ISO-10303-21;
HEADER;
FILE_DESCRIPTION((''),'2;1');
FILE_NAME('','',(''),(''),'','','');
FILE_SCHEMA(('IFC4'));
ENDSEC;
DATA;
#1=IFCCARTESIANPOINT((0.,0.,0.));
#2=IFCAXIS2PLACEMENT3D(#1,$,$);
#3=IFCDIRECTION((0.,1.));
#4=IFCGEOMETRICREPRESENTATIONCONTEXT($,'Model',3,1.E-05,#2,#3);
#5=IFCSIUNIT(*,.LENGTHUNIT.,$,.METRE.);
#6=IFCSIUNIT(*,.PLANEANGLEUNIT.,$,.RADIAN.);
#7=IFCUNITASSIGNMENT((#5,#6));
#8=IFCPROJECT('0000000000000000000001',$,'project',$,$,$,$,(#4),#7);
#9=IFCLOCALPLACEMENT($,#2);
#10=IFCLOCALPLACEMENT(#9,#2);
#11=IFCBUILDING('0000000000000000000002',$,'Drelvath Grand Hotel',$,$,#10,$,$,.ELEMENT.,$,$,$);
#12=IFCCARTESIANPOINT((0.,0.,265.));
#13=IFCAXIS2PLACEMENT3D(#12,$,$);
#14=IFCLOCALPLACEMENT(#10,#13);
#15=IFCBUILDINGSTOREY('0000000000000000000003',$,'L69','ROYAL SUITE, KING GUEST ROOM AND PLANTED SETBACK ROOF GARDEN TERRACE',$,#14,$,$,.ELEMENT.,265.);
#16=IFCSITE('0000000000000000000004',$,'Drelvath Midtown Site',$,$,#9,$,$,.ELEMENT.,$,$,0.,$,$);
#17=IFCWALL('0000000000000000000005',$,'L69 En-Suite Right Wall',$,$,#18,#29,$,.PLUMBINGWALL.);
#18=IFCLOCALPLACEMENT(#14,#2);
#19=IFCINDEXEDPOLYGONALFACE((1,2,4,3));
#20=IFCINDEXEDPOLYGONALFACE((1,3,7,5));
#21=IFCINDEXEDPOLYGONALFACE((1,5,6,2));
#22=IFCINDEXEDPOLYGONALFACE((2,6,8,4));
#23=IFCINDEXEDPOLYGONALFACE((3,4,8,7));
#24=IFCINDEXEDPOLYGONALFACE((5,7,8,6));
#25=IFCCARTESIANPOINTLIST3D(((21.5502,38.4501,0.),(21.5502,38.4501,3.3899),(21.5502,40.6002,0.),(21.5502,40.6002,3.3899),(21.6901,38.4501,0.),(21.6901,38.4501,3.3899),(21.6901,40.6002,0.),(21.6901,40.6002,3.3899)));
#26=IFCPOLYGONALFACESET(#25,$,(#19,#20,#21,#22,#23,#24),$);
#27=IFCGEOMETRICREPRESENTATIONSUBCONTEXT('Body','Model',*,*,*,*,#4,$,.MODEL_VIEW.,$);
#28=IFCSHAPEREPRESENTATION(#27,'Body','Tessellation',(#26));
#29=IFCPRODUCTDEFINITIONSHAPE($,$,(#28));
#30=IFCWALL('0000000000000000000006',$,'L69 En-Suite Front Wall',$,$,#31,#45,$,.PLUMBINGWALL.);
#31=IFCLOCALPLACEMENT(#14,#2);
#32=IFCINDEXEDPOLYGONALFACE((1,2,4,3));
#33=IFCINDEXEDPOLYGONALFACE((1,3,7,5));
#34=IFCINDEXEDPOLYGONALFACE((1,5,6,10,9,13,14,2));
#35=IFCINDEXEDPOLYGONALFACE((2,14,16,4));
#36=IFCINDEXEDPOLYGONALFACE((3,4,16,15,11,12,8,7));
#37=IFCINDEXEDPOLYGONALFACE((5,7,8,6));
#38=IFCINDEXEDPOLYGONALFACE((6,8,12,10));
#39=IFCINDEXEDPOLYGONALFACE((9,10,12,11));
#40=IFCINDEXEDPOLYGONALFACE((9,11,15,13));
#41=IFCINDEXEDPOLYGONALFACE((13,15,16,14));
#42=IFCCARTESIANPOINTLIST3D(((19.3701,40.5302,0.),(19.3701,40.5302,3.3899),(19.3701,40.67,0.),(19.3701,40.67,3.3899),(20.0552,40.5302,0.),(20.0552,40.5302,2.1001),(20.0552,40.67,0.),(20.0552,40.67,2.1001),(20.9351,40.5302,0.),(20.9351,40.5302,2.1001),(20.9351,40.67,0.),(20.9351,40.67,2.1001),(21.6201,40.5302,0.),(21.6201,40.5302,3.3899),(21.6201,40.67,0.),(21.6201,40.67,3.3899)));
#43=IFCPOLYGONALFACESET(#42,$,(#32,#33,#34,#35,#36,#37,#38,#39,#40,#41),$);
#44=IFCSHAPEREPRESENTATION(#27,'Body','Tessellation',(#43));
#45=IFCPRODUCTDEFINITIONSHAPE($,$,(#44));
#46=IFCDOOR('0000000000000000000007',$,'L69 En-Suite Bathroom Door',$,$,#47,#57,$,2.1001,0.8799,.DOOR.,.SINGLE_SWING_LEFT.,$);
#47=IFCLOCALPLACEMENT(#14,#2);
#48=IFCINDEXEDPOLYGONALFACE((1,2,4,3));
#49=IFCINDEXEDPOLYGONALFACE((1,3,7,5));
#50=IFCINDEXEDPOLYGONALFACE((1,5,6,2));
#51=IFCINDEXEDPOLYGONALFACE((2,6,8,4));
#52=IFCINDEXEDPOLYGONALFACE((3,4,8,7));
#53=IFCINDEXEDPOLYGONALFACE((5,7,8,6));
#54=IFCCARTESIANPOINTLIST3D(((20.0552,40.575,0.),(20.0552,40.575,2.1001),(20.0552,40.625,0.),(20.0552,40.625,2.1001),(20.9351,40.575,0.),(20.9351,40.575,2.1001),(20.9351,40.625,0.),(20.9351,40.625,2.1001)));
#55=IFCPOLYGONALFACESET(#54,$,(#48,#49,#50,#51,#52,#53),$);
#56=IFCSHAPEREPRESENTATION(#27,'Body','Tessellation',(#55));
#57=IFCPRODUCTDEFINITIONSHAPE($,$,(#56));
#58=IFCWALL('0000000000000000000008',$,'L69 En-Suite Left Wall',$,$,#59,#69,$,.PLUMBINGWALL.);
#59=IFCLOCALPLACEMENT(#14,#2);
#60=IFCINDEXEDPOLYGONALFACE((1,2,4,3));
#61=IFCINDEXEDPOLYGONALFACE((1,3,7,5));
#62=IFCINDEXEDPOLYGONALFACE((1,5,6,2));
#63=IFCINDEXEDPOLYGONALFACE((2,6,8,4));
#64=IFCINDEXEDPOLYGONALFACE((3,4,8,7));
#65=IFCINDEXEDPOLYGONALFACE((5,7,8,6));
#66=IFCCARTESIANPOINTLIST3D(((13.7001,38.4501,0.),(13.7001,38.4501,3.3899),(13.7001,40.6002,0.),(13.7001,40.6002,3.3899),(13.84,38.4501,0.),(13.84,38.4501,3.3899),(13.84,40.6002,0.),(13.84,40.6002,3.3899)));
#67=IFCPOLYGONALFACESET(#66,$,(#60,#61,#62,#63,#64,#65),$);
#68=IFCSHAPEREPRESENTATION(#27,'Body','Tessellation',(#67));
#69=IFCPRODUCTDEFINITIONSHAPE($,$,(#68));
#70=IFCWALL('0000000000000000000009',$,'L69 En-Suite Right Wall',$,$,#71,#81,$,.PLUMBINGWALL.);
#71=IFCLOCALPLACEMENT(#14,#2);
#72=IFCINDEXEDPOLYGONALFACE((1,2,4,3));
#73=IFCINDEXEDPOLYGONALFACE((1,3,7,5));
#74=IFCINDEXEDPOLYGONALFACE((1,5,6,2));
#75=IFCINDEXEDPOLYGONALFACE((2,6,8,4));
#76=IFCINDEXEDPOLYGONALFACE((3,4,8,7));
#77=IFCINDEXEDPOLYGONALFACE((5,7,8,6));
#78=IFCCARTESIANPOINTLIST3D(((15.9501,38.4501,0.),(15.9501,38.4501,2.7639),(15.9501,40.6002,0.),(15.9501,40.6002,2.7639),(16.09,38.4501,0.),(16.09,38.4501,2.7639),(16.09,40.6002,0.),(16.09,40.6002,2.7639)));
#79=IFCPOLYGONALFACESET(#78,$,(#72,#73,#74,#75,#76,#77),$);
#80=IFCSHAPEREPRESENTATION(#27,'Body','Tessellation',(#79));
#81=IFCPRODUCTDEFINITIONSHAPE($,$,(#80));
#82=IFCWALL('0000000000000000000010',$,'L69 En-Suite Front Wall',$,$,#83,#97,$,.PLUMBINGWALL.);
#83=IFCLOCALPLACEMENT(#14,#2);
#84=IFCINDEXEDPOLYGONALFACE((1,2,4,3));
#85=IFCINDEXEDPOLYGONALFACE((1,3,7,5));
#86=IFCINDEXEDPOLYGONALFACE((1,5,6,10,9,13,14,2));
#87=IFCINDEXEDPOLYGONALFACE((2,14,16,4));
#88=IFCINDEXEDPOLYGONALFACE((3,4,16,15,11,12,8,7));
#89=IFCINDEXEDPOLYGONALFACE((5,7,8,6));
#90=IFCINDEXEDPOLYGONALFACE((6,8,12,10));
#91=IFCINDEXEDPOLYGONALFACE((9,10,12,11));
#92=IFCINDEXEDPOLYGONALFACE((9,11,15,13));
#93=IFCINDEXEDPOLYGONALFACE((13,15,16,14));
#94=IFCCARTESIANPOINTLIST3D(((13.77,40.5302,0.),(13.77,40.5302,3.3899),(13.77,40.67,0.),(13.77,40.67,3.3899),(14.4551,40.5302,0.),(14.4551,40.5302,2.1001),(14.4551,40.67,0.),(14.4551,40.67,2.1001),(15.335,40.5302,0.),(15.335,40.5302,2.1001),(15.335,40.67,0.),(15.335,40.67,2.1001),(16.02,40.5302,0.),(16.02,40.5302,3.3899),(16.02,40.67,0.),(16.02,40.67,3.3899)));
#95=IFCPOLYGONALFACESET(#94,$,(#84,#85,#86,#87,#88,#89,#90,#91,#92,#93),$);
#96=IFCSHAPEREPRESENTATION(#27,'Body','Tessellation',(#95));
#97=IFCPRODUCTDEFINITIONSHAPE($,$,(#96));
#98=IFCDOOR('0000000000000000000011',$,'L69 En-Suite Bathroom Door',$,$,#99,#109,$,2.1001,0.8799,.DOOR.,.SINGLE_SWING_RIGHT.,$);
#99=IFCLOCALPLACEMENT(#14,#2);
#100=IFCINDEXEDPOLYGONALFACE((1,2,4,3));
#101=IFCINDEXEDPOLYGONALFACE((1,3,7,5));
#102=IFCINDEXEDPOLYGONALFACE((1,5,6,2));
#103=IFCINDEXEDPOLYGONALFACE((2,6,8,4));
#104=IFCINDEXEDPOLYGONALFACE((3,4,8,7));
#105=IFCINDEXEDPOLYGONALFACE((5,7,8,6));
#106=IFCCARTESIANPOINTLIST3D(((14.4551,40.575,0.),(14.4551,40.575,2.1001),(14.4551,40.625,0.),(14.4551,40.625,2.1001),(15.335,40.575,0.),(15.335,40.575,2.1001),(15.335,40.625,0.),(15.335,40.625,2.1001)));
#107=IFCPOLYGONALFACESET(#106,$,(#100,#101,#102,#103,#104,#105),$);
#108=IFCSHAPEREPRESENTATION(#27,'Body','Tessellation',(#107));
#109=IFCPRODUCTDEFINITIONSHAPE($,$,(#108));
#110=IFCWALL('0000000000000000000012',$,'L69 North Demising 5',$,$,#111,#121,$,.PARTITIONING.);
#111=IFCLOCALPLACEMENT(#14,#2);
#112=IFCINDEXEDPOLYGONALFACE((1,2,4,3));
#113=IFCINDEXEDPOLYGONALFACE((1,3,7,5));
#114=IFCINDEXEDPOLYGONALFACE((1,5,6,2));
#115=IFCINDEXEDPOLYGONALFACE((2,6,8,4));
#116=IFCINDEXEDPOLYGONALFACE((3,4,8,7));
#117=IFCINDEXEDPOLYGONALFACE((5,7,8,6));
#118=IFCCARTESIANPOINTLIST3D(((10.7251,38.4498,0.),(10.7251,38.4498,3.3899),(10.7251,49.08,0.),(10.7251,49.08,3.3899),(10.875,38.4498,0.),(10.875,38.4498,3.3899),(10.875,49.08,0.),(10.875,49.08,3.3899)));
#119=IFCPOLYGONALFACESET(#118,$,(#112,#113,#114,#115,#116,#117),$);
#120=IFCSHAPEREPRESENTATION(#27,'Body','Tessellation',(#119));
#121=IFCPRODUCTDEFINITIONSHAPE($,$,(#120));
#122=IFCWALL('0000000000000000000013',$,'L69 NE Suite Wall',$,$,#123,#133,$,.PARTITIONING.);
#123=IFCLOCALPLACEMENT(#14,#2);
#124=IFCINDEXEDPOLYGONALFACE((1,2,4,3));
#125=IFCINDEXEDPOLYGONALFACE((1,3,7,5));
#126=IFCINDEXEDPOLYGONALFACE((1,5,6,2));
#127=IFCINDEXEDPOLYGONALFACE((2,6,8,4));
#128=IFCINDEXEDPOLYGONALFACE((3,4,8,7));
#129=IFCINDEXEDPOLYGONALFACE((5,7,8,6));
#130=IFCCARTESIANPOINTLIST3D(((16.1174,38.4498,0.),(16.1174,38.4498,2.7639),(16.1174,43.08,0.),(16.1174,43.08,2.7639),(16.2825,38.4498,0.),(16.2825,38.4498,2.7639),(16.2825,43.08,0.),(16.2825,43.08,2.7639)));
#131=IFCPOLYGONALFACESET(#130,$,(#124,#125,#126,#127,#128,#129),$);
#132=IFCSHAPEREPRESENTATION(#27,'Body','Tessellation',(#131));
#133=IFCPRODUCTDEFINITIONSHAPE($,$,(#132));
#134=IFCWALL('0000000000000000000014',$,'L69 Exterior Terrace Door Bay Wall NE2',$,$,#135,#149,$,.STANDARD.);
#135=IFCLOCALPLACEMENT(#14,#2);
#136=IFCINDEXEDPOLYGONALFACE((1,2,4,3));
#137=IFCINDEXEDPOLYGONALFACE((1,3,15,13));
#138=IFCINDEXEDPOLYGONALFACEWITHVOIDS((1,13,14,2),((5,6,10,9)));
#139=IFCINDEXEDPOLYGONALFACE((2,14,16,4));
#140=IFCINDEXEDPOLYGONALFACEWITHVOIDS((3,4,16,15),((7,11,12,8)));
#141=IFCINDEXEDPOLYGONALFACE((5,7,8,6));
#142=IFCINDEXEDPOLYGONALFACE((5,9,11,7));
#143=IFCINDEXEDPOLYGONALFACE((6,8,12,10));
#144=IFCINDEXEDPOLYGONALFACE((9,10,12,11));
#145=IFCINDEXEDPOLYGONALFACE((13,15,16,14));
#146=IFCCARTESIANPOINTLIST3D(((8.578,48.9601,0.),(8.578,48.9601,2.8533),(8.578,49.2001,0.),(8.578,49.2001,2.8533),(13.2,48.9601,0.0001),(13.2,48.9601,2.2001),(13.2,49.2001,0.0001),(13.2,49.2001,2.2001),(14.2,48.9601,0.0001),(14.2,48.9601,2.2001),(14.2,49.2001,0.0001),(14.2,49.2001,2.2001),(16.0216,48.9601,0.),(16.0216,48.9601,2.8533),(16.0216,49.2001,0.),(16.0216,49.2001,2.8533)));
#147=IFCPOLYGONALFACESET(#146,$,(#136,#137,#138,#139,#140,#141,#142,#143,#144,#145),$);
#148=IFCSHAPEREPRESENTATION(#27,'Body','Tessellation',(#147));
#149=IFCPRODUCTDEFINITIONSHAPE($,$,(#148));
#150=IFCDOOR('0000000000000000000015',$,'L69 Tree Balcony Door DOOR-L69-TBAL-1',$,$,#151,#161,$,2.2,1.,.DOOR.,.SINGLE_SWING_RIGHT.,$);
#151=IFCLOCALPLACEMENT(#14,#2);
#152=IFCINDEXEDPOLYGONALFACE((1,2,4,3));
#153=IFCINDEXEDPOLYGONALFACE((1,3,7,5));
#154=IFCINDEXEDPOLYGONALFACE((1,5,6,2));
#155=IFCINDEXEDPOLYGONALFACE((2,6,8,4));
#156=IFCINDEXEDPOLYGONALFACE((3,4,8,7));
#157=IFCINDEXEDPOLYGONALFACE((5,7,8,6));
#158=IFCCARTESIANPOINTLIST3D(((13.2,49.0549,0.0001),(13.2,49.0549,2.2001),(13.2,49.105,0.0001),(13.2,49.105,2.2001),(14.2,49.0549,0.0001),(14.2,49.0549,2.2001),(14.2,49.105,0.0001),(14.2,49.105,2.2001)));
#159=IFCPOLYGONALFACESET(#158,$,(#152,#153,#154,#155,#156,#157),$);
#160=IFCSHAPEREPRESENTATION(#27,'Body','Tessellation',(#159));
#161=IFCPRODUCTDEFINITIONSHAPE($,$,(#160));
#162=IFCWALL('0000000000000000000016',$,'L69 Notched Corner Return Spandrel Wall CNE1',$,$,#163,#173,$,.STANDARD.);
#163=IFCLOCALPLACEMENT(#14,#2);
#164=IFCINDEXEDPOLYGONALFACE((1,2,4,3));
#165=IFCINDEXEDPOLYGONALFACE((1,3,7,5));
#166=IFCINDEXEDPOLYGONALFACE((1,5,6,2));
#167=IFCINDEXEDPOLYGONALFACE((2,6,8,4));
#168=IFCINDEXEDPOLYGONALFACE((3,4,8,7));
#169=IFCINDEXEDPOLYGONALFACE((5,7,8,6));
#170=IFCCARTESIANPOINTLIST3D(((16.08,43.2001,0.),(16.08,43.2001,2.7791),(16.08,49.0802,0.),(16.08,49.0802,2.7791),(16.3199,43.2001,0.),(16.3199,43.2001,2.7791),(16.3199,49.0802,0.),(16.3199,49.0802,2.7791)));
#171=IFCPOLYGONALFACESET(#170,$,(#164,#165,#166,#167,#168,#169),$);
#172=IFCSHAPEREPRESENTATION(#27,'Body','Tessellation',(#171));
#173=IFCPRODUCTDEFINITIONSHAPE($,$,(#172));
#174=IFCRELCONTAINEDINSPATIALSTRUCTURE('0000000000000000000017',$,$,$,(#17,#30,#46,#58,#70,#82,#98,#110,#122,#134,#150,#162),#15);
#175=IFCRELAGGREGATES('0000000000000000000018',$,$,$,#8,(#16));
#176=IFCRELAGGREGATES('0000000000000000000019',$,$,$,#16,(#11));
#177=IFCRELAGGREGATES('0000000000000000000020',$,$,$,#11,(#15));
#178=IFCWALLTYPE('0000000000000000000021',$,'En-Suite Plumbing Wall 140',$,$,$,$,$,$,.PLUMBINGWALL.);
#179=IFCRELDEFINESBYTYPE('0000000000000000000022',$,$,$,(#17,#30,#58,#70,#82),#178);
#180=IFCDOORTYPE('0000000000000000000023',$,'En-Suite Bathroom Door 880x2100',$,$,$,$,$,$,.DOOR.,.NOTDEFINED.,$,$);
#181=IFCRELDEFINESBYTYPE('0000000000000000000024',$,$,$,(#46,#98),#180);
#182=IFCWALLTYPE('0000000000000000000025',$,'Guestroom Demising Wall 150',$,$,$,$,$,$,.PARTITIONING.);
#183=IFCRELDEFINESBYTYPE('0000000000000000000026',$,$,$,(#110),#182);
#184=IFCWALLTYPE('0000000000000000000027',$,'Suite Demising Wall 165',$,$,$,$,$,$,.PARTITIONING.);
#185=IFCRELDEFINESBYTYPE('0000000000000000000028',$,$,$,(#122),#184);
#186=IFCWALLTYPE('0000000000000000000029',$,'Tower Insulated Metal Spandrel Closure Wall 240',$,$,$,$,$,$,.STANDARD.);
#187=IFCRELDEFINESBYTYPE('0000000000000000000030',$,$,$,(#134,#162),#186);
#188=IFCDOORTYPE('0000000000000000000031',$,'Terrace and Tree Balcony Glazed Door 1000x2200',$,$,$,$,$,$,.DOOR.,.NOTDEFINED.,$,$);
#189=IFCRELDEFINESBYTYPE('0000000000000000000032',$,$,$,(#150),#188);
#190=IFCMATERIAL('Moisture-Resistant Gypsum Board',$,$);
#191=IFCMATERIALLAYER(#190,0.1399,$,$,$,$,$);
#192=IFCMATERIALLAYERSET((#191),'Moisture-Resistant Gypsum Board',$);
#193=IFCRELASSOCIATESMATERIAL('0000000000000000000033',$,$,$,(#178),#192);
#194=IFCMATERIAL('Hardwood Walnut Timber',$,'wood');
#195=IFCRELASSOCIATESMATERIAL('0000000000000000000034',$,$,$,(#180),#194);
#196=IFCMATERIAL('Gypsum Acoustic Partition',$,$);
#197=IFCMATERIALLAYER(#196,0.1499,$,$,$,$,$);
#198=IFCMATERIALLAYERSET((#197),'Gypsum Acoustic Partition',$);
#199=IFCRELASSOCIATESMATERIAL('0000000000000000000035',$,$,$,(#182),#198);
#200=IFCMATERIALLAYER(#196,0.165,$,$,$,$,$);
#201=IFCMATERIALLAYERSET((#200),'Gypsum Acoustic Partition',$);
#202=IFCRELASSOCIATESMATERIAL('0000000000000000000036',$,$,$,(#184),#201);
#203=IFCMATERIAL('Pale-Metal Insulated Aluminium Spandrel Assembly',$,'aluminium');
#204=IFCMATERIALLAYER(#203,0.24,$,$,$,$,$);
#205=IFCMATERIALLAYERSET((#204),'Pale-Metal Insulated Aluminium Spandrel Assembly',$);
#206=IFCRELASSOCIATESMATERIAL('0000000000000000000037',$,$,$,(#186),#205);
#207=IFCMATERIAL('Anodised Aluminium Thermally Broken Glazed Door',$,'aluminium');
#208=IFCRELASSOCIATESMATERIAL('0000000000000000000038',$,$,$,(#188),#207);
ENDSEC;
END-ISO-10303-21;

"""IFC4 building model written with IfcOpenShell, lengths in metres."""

from ifc_helpers import new_model, si_unit, direction, frame, frame_2d, origin, place, context, subcontext, project, spatial, rectangle, extrude, material, layer, layer_set, type_object, element, fill, save


model = new_model("IFC4")

# Units and contexts
model_context = context("Model", 3, precision=1e-05, world=origin(), true_north=direction((0.0, 1.0)))
body_context = subcontext(model_context, "Body", "Model", "MODEL_VIEW")
ifc_project = project(units=[si_unit("LENGTHUNIT", "METRE"), si_unit("PLANEANGLEUNIT", "RADIAN")], contexts=[model_context])

# Site, building, storey
site_placement = place(None, origin())
site = spatial("IfcSite", under=ifc_project, at=site_placement, Name="Drelvath Midtown Site", CompositionType="ELEMENT", RefElevation=0.0)
building_placement = place(site_placement, origin())
building = spatial("IfcBuilding", under=site, at=building_placement, Name="Drelvath Grand Hotel", CompositionType="ELEMENT")
storey_placement = place(building_placement, frame((0.0, 0.0, 265.0)))
storey = spatial("IfcBuildingStorey", under=building, at=storey_placement, Name="L69", Description="ROYAL SUITE, KING GUEST ROOM AND PLANTED SETBACK ROOF GARDEN TERRACE", CompositionType="ELEMENT", Elevation=265.0)

# Wall
ifc_material_1 = material(Name="Moisture-Resistant Gypsum Board")
ifc_layer_1 = layer(ifc_material_1, 0.1399)
ifc_layer_set_1 = layer_set([ifc_layer_1], Name="Moisture-Resistant Gypsum Board")
wall_type_1 = type_object("IfcWallType", Name="En-Suite Plumbing Wall 140", PredefinedType="PLUMBINGWALL", material=ifc_layer_set_1)
for number, where, z_axis, x_axis, name in (
    (1, (21.6201, 38.45, 0.0), (0.0, 0.0, 1.0), (0.0, 1.0, 0.0), "L69 En-Suite Right Wall"),
):
    element("IfcWall", number, at=place(storey_placement, frame(where, z_axis=z_axis, x_axis=x_axis)), inside=storey, type_object=wall_type_1, Name=name, PredefinedType="PLUMBINGWALL", context=body_context, shape_type="SweptSolid", body=[
        extrude(rectangle(XDim=2.1501, YDim=0.1399, at=frame_2d((1.0752, 0.0))), origin(), (0.0, 0.0, 1.0), 3.3899),
    ])

# Wall, opening, door
wall_1_placement = place(storey_placement, frame((19.3701, 40.6001, 0.0), z_axis=(0.0, 0.0, 1.0), x_axis=(1.0, 0.0, 0.0)))
wall_1 = element("IfcWall", 2, at=wall_1_placement, inside=storey, type_object=wall_type_1, Name="L69 En-Suite Front Wall", PredefinedType="PLUMBINGWALL", context=body_context, shape_type="SweptSolid", body=[
    extrude(rectangle(XDim=2.25, YDim=0.1399, at=frame_2d((1.125, 0.0))), origin(), (0.0, 0.0, 1.0), 3.3899),
])
opening_1_placement = place(wall_1_placement, frame((0.6851, 0.0, 0.0)))
opening_1 = element("IfcOpeningElement", 3, at=opening_1_placement, cuts=wall_1, PredefinedType="OPENING", context=body_context, shape_type="SweptSolid", body=[
    extrude(rectangle(XDim=0.8799, YDim=2.1001, at=frame_2d((0.4399, 1.05))), frame((0.0, 0.0798, 0.0), z_axis=(0.0, -1.0, 0.0), x_axis=(1.0, 0.0, 0.0)), (0.0, 0.0, 1.0), 0.1599),
])
ifc_material_2 = material(Name="Hardwood Walnut Timber", Category="wood")
door_type_1 = type_object("IfcDoorType", Name="En-Suite Bathroom Door 880x2100", OperationType="NOTDEFINED", PredefinedType="DOOR", material=ifc_material_2)
door_1_placement = place(opening_1_placement, origin())
door_1 = element("IfcDoor", 4, at=door_1_placement, inside=storey, type_object=door_type_1, Name="L69 En-Suite Bathroom Door", OperationType="SINGLE_SWING_LEFT", OverallHeight=2.1001, OverallWidth=0.8799, PredefinedType="DOOR", context=body_context, shape_type="SweptSolid", body=[
    extrude(rectangle(XDim=0.8799, YDim=2.1001, at=frame_2d((0.4399, 1.05))), frame((0.0, 0.0249, 0.0), z_axis=(0.0, -1.0, 0.0), x_axis=(1.0, 0.0, 0.0)), (0.0, 0.0, 1.0), 0.05),
])
fill(opening_1, door_1)

# Walls
wall_2_placement = place(storey_placement, frame((13.77, 38.45, 0.0), z_axis=(0.0, 0.0, 1.0), x_axis=(0.0, 1.0, 0.0)))
element("IfcWall", 5, at=wall_2_placement, inside=storey, type_object=wall_type_1, Name="L69 En-Suite Left Wall", PredefinedType="PLUMBINGWALL", context=body_context, shape_type="SweptSolid", body=[
    extrude(rectangle(XDim=2.1501, YDim=0.1399, at=frame_2d((1.0752, 0.0))), origin(), (0.0, 0.0, 1.0), 3.3899),
])
wall_3_placement = place(storey_placement, frame((16.02, 38.45, 0.0), z_axis=(0.0, 0.0, 1.0), x_axis=(0.0, 1.0, 0.0)))
element("IfcWall", 6, at=wall_3_placement, inside=storey, type_object=wall_type_1, Name="L69 En-Suite Right Wall", PredefinedType="PLUMBINGWALL", context=body_context, shape_type="SweptSolid", body=[
    extrude(rectangle(XDim=2.1501, YDim=0.1399, at=frame_2d((1.0752, 0.0))), origin(), (0.0, 0.0, 1.0), 2.7639),
])

# Wall, opening, door
wall_4_placement = place(storey_placement, frame((13.77, 40.6001, 0.0), z_axis=(0.0, 0.0, 1.0), x_axis=(1.0, 0.0, 0.0)))
wall_4 = element("IfcWall", 7, at=wall_4_placement, inside=storey, type_object=wall_type_1, Name="L69 En-Suite Front Wall", PredefinedType="PLUMBINGWALL", context=body_context, shape_type="SweptSolid", body=[
    extrude(rectangle(XDim=2.25, YDim=0.1399, at=frame_2d((1.125, 0.0))), origin(), (0.0, 0.0, 1.0), 3.3899),
])
opening_2_placement = place(wall_4_placement, frame((0.6851, 0.0, 0.0)))
opening_2 = element("IfcOpeningElement", 8, at=opening_2_placement, cuts=wall_4, PredefinedType="OPENING", context=body_context, shape_type="SweptSolid", body=[
    extrude(rectangle(XDim=0.8799, YDim=2.1001, at=frame_2d((0.4399, 1.05))), frame((0.0, 0.0798, 0.0), z_axis=(0.0, -1.0, 0.0), x_axis=(1.0, 0.0, 0.0)), (0.0, 0.0, 1.0), 0.1599),
])
door_2_placement = place(opening_2_placement, origin())
door_2 = element("IfcDoor", 9, at=door_2_placement, inside=storey, type_object=door_type_1, Name="L69 En-Suite Bathroom Door", OperationType="SINGLE_SWING_RIGHT", OverallHeight=2.1001, OverallWidth=0.8799, PredefinedType="DOOR", context=body_context, shape_type="SweptSolid", body=[
    extrude(rectangle(XDim=0.8799, YDim=2.1001, at=frame_2d((0.4399, 1.05))), frame((0.0, 0.0249, 0.0), z_axis=(0.0, -1.0, 0.0), x_axis=(1.0, 0.0, 0.0)), (0.0, 0.0, 1.0), 0.05),
])
fill(opening_2, door_2)

# Walls
ifc_material_3 = material(Name="Gypsum Acoustic Partition")
ifc_layer_2 = layer(ifc_material_3, 0.1499)
ifc_layer_set_2 = layer_set([ifc_layer_2], Name="Gypsum Acoustic Partition")
wall_type_2 = type_object("IfcWallType", Name="Guestroom Demising Wall 150", PredefinedType="PARTITIONING", material=ifc_layer_set_2)
wall_5_placement = place(storey_placement, frame((10.8, 38.45, 0.0), z_axis=(0.0, 0.0, 1.0), x_axis=(0.0, 1.0, 0.0)))
element("IfcWall", 10, at=wall_5_placement, inside=storey, type_object=wall_type_2, Name="L69 North Demising 5", PredefinedType="PARTITIONING", context=body_context, shape_type="SweptSolid", body=[
    extrude(rectangle(XDim=10.6301, YDim=0.1499, at=frame_2d((5.3149, 0.0))), origin(), (0.0, 0.0, 1.0), 3.3899),
])
ifc_layer_3 = layer(ifc_material_3, 0.165)
ifc_layer_set_3 = layer_set([ifc_layer_3], Name="Gypsum Acoustic Partition")
wall_type_3 = type_object("IfcWallType", Name="Suite Demising Wall 165", PredefinedType="PARTITIONING", material=ifc_layer_set_3)
wall_6_placement = place(storey_placement, frame((16.2, 38.45, 0.0), z_axis=(0.0, 0.0, 1.0), x_axis=(0.0, 1.0, 0.0)))
element("IfcWall", 11, at=wall_6_placement, inside=storey, type_object=wall_type_3, Name="L69 NE Suite Wall", PredefinedType="PARTITIONING", context=body_context, shape_type="SweptSolid", body=[
    extrude(rectangle(XDim=4.6301, YDim=0.165, at=frame_2d((2.3149, 0.0))), origin(), (0.0, 0.0, 1.0), 2.7639),
])

# Wall, opening, door
ifc_material_4 = material(Name="Pale-Metal Insulated Aluminium Spandrel Assembly", Category="aluminium")
ifc_layer_4 = layer(ifc_material_4, 0.24)
ifc_layer_set_4 = layer_set([ifc_layer_4], Name="Pale-Metal Insulated Aluminium Spandrel Assembly")
wall_type_4 = type_object("IfcWallType", Name="Tower Insulated Metal Spandrel Closure Wall 240", PredefinedType="STANDARD", material=ifc_layer_set_4)
wall_7_placement = place(storey_placement, frame((8.5781, 49.0801, 0.0), z_axis=(0.0, 0.0, 1.0), x_axis=(1.0, 0.0, 0.0)))
wall_7 = element("IfcWall", 12, at=wall_7_placement, inside=storey, type_object=wall_type_4, Name="L69 Exterior Terrace Door Bay Wall NE2", PredefinedType="STANDARD", context=body_context, shape_type="SweptSolid", body=[
    extrude(rectangle(XDim=7.4436, YDim=0.24, at=frame_2d((3.7217, 0.0))), origin(), (0.0, 0.0, 1.0), 2.8533),
])
opening_3_placement = place(wall_7_placement, frame((4.6218, 0.0, 0.0)))
opening_3 = element("IfcOpeningElement", 13, at=opening_3_placement, cuts=wall_7, PredefinedType="OPENING", context=body_context, shape_type="SweptSolid", body=[
    extrude(rectangle(XDim=1.0, YDim=2.2, at=frame_2d((0.5, 1.1001))), frame((0.0, 0.1299, 0.0), z_axis=(0.0, -1.0, 0.0), x_axis=(1.0, 0.0, 0.0)), (0.0, 0.0, 1.0), 0.26),
])
ifc_material_5 = material(Name="Anodised Aluminium Thermally Broken Glazed Door", Category="aluminium")
door_type_2 = type_object("IfcDoorType", Name="Terrace and Tree Balcony Glazed Door 1000x2200", OperationType="NOTDEFINED", PredefinedType="DOOR", material=ifc_material_5)
door_3_placement = place(opening_3_placement, origin())
door_3 = element("IfcDoor", 14, at=door_3_placement, inside=storey, type_object=door_type_2, Name="L69 Tree Balcony Door DOOR-L69-TBAL-1", OperationType="SINGLE_SWING_RIGHT", OverallHeight=2.2, OverallWidth=1.0, PredefinedType="DOOR", context=body_context, shape_type="SweptSolid", body=[
    extrude(rectangle(XDim=1.0, YDim=2.2, at=frame_2d((0.5, 1.1001))), frame((0.0, 0.0249, 0.0), z_axis=(0.0, -1.0, 0.0), x_axis=(1.0, 0.0, 0.0)), (0.0, 0.0, 1.0), 0.05),
])
fill(opening_3, door_3)

# Wall
for number, where, z_axis, x_axis, name in (
    (15, (16.2, 49.0801, 0.0), (0.0, 0.0, 1.0), (0.0, -1.0, 0.0), "L69 Notched Corner Return Spandrel Wall CNE1"),
):
    element("IfcWall", number, at=place(storey_placement, frame(where, z_axis=z_axis, x_axis=x_axis)), inside=storey, type_object=wall_type_4, Name=name, PredefinedType="STANDARD", context=body_context, shape_type="SweptSolid", body=[
        extrude(rectangle(XDim=5.8801, YDim=0.24, at=frame_2d((2.9399, 0.0))), origin(), (0.0, 0.0, 1.0), 2.7791),
    ])

save(model, "model.ifc")
